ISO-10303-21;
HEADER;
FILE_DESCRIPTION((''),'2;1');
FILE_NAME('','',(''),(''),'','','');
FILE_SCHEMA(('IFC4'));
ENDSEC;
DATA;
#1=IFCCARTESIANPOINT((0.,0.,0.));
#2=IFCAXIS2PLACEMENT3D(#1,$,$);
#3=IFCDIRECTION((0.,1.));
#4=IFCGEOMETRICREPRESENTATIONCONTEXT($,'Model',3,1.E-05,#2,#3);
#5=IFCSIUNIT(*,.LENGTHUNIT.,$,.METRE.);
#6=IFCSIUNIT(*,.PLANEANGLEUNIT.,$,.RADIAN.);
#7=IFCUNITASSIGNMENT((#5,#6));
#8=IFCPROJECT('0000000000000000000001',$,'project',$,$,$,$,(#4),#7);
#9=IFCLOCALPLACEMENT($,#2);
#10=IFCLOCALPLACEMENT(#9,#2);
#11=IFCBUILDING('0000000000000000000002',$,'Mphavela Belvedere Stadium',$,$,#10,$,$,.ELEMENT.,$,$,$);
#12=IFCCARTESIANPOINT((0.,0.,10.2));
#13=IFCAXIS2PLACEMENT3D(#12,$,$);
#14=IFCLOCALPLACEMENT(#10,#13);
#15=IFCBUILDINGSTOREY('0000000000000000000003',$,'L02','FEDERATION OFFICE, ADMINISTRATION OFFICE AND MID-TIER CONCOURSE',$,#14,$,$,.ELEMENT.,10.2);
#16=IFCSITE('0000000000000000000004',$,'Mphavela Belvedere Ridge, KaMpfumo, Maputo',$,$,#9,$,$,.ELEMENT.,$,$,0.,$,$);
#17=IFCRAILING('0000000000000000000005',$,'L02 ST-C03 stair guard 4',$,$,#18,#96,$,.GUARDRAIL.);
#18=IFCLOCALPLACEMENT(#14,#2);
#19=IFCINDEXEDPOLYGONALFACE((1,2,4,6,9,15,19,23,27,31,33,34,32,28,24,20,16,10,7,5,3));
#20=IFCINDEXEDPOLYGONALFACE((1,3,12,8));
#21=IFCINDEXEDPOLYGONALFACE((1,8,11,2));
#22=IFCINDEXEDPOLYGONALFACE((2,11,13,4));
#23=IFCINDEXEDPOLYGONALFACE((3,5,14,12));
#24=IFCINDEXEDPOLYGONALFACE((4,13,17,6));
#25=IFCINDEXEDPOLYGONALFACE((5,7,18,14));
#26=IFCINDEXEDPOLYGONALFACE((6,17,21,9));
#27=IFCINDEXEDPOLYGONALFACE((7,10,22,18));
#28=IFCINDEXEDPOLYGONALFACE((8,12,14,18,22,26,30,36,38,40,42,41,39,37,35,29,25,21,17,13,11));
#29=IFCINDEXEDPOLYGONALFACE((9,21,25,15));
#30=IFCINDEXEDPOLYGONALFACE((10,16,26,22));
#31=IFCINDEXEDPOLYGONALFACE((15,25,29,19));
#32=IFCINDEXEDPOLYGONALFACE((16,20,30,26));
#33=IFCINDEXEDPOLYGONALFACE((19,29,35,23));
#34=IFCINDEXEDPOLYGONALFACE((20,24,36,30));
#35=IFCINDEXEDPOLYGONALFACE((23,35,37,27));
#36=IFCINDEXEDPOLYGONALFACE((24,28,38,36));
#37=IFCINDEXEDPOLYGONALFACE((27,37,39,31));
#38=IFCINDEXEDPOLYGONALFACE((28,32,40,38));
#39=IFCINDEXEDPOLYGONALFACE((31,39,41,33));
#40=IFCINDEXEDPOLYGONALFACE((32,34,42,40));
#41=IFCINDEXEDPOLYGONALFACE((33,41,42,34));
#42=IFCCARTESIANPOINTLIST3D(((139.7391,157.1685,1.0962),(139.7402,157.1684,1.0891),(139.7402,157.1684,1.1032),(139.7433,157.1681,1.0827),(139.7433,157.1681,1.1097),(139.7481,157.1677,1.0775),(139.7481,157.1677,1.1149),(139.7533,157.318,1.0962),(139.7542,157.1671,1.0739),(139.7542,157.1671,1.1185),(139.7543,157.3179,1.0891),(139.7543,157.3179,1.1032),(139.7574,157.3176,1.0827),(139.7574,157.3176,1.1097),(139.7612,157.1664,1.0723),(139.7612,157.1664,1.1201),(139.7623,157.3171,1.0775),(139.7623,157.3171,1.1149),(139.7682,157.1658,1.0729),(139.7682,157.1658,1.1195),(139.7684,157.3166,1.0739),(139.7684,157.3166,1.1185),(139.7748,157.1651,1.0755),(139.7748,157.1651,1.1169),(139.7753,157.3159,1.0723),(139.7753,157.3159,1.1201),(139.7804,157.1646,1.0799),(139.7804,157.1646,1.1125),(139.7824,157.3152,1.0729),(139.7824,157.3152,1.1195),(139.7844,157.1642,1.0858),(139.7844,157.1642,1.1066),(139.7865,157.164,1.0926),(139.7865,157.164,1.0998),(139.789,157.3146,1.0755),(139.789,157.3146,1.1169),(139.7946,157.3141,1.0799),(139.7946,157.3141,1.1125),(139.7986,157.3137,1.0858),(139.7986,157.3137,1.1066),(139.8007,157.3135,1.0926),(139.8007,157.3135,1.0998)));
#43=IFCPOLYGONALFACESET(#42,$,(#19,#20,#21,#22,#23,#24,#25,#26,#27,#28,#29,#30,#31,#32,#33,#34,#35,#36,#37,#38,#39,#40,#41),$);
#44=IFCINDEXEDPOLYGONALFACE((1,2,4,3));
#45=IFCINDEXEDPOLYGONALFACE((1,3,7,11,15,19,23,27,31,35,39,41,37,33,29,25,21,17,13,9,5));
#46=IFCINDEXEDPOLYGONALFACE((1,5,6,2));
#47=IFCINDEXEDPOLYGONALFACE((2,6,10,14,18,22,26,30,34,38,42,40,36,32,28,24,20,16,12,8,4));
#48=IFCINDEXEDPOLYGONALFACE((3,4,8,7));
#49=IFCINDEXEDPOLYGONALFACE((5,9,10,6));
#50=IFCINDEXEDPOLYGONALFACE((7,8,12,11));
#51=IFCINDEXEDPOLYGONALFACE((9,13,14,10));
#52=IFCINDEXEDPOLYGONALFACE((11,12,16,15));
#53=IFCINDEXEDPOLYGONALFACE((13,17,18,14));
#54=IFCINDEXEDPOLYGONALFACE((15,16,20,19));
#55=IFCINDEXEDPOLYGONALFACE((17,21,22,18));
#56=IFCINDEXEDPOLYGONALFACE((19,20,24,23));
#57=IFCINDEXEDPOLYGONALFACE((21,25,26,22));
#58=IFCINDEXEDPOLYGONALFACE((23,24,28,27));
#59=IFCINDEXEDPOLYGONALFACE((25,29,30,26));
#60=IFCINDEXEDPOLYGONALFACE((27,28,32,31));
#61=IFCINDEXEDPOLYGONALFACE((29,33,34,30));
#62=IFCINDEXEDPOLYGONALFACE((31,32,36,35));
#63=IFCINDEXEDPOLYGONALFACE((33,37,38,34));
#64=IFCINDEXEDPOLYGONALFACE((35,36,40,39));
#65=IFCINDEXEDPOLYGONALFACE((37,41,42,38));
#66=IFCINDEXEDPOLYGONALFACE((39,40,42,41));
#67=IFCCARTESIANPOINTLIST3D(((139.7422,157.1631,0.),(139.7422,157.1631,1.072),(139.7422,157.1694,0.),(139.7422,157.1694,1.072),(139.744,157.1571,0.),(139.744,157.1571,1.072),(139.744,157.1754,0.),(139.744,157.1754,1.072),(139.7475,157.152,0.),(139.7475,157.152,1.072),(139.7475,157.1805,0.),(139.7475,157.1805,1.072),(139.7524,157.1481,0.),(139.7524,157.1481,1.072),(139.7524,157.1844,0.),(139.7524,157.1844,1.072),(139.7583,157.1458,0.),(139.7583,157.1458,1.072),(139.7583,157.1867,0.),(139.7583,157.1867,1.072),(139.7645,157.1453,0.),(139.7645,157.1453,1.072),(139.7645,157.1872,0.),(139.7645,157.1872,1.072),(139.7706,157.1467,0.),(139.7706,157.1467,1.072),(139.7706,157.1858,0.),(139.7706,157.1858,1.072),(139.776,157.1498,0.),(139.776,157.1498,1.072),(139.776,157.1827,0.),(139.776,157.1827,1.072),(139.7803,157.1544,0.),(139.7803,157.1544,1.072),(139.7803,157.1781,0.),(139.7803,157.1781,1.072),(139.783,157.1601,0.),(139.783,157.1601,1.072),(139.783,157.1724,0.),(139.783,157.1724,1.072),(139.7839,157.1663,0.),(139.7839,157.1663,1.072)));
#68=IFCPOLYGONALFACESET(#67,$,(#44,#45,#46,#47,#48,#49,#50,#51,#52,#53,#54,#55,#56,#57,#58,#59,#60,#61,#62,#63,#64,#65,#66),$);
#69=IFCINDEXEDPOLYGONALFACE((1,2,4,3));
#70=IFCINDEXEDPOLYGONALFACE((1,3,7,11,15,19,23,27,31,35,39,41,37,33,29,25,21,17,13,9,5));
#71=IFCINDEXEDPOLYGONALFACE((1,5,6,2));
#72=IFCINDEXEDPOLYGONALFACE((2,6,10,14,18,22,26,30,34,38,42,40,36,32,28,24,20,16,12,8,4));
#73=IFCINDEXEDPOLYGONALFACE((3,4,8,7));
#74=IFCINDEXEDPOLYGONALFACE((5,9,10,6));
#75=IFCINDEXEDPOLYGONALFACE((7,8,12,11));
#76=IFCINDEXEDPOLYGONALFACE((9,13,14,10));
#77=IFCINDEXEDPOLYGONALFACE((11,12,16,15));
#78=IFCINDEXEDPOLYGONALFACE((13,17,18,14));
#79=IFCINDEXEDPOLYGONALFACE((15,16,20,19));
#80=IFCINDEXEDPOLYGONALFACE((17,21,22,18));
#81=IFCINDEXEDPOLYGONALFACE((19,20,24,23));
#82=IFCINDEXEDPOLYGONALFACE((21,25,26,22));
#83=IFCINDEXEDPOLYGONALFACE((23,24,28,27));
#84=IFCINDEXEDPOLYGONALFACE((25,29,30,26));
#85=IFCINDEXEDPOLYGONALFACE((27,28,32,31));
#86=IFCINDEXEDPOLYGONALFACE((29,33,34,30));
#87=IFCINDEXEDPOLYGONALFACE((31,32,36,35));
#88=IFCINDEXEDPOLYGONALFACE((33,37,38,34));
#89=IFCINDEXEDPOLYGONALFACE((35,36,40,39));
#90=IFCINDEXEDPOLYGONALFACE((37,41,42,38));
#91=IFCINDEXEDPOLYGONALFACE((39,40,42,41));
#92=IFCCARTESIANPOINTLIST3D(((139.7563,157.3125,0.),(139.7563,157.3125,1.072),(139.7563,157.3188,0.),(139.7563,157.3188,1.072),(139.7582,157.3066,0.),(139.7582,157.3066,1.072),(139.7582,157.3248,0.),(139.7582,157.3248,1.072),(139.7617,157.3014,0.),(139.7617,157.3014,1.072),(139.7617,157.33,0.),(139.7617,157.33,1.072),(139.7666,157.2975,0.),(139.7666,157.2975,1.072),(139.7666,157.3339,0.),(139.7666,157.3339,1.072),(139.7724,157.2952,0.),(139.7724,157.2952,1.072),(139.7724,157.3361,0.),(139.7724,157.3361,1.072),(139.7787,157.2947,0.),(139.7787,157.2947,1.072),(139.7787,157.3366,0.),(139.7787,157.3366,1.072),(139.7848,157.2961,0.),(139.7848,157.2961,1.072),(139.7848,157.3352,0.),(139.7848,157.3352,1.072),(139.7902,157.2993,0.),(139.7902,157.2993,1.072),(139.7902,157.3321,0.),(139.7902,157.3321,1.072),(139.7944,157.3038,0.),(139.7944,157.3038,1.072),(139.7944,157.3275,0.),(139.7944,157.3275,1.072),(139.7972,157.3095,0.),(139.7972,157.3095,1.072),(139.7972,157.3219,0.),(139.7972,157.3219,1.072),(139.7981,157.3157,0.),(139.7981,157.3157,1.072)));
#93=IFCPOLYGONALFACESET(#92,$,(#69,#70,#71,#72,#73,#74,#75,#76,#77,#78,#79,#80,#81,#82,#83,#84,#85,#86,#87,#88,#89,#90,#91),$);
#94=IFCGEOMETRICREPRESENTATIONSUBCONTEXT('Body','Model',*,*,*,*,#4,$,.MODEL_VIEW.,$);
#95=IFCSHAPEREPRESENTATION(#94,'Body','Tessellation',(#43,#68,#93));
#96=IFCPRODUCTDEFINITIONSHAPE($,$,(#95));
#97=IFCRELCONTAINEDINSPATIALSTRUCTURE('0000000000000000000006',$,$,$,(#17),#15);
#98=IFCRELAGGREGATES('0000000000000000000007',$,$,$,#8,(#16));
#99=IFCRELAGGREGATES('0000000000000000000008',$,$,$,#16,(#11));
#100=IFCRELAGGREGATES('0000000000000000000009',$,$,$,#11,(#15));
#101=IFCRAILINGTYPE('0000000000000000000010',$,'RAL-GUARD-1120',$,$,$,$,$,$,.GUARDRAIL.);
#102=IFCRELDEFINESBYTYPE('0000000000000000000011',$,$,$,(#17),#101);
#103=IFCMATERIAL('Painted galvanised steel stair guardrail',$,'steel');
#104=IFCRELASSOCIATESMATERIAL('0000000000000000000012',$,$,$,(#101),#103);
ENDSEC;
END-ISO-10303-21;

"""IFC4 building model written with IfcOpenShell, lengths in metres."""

from ifc_helpers import new_model, si_unit, direction, frame, origin, origin_2d, place, context, subcontext, project, spatial, circle, extrude, material, type_object, element, save


model = new_model("IFC4")

# Units and contexts
model_context = context("Model", 3, precision=1e-05, world=origin(), true_north=direction((0.0, 1.0)))
body_context = subcontext(model_context, "Body", "Model", "MODEL_VIEW")
ifc_project = project(units=[si_unit("LENGTHUNIT", "METRE"), si_unit("PLANEANGLEUNIT", "RADIAN")], contexts=[model_context])

# Site, building, storey
site_placement = place(None, origin())
site = spatial("IfcSite", under=ifc_project, at=site_placement, Name="Mphavela Belvedere Ridge, KaMpfumo, Maputo", CompositionType="ELEMENT", RefElevation=0.0)
building_placement = place(site_placement, origin())
building = spatial("IfcBuilding", under=site, at=building_placement, Name="Mphavela Belvedere Stadium", CompositionType="ELEMENT")
storey_placement = place(building_placement, frame((0.0, 0.0, 10.2)))
storey = spatial("IfcBuildingStorey", under=building, at=storey_placement, Name="L02", Description="FEDERATION OFFICE, ADMINISTRATION OFFICE AND MID-TIER CONCOURSE", CompositionType="ELEMENT", Elevation=10.2)

# Railing
ifc_material_1 = material(Name="Painted galvanised steel stair guardrail", Category="steel")
railing_type_1 = type_object("IfcRailingType", Name="RAL-GUARD-1120", PredefinedType="GUARDRAIL", material=ifc_material_1)
railing_1_placement = place(storey_placement, frame((139.7629, 157.1663, 0.0)))
element("IfcRailing", 1, at=railing_1_placement, inside=storey, type_object=railing_type_1, Name="L02 ST-C03 stair guard 4", PredefinedType="GUARDRAIL", context=body_context, shape_type="SweptSolid", body=[
    extrude(circle(Radius=0.0239, at=origin_2d()), frame((0.0, 0.0, 1.0962), z_axis=(0.094348, 0.995539, 0.0), x_axis=(-0.995539, 0.094348, 0.0)), (0.0, 0.0, 1.0), 0.1501),
    extrude(circle(Radius=0.021, at=origin_2d()), origin(), (0.0, 0.0, 1.0), 1.072),
    extrude(circle(Radius=0.021, at=origin_2d()), frame((0.0142, 0.1494, 0.0)), (0.0, 0.0, 1.0), 1.072),
])

save(model, "model.ifc")
